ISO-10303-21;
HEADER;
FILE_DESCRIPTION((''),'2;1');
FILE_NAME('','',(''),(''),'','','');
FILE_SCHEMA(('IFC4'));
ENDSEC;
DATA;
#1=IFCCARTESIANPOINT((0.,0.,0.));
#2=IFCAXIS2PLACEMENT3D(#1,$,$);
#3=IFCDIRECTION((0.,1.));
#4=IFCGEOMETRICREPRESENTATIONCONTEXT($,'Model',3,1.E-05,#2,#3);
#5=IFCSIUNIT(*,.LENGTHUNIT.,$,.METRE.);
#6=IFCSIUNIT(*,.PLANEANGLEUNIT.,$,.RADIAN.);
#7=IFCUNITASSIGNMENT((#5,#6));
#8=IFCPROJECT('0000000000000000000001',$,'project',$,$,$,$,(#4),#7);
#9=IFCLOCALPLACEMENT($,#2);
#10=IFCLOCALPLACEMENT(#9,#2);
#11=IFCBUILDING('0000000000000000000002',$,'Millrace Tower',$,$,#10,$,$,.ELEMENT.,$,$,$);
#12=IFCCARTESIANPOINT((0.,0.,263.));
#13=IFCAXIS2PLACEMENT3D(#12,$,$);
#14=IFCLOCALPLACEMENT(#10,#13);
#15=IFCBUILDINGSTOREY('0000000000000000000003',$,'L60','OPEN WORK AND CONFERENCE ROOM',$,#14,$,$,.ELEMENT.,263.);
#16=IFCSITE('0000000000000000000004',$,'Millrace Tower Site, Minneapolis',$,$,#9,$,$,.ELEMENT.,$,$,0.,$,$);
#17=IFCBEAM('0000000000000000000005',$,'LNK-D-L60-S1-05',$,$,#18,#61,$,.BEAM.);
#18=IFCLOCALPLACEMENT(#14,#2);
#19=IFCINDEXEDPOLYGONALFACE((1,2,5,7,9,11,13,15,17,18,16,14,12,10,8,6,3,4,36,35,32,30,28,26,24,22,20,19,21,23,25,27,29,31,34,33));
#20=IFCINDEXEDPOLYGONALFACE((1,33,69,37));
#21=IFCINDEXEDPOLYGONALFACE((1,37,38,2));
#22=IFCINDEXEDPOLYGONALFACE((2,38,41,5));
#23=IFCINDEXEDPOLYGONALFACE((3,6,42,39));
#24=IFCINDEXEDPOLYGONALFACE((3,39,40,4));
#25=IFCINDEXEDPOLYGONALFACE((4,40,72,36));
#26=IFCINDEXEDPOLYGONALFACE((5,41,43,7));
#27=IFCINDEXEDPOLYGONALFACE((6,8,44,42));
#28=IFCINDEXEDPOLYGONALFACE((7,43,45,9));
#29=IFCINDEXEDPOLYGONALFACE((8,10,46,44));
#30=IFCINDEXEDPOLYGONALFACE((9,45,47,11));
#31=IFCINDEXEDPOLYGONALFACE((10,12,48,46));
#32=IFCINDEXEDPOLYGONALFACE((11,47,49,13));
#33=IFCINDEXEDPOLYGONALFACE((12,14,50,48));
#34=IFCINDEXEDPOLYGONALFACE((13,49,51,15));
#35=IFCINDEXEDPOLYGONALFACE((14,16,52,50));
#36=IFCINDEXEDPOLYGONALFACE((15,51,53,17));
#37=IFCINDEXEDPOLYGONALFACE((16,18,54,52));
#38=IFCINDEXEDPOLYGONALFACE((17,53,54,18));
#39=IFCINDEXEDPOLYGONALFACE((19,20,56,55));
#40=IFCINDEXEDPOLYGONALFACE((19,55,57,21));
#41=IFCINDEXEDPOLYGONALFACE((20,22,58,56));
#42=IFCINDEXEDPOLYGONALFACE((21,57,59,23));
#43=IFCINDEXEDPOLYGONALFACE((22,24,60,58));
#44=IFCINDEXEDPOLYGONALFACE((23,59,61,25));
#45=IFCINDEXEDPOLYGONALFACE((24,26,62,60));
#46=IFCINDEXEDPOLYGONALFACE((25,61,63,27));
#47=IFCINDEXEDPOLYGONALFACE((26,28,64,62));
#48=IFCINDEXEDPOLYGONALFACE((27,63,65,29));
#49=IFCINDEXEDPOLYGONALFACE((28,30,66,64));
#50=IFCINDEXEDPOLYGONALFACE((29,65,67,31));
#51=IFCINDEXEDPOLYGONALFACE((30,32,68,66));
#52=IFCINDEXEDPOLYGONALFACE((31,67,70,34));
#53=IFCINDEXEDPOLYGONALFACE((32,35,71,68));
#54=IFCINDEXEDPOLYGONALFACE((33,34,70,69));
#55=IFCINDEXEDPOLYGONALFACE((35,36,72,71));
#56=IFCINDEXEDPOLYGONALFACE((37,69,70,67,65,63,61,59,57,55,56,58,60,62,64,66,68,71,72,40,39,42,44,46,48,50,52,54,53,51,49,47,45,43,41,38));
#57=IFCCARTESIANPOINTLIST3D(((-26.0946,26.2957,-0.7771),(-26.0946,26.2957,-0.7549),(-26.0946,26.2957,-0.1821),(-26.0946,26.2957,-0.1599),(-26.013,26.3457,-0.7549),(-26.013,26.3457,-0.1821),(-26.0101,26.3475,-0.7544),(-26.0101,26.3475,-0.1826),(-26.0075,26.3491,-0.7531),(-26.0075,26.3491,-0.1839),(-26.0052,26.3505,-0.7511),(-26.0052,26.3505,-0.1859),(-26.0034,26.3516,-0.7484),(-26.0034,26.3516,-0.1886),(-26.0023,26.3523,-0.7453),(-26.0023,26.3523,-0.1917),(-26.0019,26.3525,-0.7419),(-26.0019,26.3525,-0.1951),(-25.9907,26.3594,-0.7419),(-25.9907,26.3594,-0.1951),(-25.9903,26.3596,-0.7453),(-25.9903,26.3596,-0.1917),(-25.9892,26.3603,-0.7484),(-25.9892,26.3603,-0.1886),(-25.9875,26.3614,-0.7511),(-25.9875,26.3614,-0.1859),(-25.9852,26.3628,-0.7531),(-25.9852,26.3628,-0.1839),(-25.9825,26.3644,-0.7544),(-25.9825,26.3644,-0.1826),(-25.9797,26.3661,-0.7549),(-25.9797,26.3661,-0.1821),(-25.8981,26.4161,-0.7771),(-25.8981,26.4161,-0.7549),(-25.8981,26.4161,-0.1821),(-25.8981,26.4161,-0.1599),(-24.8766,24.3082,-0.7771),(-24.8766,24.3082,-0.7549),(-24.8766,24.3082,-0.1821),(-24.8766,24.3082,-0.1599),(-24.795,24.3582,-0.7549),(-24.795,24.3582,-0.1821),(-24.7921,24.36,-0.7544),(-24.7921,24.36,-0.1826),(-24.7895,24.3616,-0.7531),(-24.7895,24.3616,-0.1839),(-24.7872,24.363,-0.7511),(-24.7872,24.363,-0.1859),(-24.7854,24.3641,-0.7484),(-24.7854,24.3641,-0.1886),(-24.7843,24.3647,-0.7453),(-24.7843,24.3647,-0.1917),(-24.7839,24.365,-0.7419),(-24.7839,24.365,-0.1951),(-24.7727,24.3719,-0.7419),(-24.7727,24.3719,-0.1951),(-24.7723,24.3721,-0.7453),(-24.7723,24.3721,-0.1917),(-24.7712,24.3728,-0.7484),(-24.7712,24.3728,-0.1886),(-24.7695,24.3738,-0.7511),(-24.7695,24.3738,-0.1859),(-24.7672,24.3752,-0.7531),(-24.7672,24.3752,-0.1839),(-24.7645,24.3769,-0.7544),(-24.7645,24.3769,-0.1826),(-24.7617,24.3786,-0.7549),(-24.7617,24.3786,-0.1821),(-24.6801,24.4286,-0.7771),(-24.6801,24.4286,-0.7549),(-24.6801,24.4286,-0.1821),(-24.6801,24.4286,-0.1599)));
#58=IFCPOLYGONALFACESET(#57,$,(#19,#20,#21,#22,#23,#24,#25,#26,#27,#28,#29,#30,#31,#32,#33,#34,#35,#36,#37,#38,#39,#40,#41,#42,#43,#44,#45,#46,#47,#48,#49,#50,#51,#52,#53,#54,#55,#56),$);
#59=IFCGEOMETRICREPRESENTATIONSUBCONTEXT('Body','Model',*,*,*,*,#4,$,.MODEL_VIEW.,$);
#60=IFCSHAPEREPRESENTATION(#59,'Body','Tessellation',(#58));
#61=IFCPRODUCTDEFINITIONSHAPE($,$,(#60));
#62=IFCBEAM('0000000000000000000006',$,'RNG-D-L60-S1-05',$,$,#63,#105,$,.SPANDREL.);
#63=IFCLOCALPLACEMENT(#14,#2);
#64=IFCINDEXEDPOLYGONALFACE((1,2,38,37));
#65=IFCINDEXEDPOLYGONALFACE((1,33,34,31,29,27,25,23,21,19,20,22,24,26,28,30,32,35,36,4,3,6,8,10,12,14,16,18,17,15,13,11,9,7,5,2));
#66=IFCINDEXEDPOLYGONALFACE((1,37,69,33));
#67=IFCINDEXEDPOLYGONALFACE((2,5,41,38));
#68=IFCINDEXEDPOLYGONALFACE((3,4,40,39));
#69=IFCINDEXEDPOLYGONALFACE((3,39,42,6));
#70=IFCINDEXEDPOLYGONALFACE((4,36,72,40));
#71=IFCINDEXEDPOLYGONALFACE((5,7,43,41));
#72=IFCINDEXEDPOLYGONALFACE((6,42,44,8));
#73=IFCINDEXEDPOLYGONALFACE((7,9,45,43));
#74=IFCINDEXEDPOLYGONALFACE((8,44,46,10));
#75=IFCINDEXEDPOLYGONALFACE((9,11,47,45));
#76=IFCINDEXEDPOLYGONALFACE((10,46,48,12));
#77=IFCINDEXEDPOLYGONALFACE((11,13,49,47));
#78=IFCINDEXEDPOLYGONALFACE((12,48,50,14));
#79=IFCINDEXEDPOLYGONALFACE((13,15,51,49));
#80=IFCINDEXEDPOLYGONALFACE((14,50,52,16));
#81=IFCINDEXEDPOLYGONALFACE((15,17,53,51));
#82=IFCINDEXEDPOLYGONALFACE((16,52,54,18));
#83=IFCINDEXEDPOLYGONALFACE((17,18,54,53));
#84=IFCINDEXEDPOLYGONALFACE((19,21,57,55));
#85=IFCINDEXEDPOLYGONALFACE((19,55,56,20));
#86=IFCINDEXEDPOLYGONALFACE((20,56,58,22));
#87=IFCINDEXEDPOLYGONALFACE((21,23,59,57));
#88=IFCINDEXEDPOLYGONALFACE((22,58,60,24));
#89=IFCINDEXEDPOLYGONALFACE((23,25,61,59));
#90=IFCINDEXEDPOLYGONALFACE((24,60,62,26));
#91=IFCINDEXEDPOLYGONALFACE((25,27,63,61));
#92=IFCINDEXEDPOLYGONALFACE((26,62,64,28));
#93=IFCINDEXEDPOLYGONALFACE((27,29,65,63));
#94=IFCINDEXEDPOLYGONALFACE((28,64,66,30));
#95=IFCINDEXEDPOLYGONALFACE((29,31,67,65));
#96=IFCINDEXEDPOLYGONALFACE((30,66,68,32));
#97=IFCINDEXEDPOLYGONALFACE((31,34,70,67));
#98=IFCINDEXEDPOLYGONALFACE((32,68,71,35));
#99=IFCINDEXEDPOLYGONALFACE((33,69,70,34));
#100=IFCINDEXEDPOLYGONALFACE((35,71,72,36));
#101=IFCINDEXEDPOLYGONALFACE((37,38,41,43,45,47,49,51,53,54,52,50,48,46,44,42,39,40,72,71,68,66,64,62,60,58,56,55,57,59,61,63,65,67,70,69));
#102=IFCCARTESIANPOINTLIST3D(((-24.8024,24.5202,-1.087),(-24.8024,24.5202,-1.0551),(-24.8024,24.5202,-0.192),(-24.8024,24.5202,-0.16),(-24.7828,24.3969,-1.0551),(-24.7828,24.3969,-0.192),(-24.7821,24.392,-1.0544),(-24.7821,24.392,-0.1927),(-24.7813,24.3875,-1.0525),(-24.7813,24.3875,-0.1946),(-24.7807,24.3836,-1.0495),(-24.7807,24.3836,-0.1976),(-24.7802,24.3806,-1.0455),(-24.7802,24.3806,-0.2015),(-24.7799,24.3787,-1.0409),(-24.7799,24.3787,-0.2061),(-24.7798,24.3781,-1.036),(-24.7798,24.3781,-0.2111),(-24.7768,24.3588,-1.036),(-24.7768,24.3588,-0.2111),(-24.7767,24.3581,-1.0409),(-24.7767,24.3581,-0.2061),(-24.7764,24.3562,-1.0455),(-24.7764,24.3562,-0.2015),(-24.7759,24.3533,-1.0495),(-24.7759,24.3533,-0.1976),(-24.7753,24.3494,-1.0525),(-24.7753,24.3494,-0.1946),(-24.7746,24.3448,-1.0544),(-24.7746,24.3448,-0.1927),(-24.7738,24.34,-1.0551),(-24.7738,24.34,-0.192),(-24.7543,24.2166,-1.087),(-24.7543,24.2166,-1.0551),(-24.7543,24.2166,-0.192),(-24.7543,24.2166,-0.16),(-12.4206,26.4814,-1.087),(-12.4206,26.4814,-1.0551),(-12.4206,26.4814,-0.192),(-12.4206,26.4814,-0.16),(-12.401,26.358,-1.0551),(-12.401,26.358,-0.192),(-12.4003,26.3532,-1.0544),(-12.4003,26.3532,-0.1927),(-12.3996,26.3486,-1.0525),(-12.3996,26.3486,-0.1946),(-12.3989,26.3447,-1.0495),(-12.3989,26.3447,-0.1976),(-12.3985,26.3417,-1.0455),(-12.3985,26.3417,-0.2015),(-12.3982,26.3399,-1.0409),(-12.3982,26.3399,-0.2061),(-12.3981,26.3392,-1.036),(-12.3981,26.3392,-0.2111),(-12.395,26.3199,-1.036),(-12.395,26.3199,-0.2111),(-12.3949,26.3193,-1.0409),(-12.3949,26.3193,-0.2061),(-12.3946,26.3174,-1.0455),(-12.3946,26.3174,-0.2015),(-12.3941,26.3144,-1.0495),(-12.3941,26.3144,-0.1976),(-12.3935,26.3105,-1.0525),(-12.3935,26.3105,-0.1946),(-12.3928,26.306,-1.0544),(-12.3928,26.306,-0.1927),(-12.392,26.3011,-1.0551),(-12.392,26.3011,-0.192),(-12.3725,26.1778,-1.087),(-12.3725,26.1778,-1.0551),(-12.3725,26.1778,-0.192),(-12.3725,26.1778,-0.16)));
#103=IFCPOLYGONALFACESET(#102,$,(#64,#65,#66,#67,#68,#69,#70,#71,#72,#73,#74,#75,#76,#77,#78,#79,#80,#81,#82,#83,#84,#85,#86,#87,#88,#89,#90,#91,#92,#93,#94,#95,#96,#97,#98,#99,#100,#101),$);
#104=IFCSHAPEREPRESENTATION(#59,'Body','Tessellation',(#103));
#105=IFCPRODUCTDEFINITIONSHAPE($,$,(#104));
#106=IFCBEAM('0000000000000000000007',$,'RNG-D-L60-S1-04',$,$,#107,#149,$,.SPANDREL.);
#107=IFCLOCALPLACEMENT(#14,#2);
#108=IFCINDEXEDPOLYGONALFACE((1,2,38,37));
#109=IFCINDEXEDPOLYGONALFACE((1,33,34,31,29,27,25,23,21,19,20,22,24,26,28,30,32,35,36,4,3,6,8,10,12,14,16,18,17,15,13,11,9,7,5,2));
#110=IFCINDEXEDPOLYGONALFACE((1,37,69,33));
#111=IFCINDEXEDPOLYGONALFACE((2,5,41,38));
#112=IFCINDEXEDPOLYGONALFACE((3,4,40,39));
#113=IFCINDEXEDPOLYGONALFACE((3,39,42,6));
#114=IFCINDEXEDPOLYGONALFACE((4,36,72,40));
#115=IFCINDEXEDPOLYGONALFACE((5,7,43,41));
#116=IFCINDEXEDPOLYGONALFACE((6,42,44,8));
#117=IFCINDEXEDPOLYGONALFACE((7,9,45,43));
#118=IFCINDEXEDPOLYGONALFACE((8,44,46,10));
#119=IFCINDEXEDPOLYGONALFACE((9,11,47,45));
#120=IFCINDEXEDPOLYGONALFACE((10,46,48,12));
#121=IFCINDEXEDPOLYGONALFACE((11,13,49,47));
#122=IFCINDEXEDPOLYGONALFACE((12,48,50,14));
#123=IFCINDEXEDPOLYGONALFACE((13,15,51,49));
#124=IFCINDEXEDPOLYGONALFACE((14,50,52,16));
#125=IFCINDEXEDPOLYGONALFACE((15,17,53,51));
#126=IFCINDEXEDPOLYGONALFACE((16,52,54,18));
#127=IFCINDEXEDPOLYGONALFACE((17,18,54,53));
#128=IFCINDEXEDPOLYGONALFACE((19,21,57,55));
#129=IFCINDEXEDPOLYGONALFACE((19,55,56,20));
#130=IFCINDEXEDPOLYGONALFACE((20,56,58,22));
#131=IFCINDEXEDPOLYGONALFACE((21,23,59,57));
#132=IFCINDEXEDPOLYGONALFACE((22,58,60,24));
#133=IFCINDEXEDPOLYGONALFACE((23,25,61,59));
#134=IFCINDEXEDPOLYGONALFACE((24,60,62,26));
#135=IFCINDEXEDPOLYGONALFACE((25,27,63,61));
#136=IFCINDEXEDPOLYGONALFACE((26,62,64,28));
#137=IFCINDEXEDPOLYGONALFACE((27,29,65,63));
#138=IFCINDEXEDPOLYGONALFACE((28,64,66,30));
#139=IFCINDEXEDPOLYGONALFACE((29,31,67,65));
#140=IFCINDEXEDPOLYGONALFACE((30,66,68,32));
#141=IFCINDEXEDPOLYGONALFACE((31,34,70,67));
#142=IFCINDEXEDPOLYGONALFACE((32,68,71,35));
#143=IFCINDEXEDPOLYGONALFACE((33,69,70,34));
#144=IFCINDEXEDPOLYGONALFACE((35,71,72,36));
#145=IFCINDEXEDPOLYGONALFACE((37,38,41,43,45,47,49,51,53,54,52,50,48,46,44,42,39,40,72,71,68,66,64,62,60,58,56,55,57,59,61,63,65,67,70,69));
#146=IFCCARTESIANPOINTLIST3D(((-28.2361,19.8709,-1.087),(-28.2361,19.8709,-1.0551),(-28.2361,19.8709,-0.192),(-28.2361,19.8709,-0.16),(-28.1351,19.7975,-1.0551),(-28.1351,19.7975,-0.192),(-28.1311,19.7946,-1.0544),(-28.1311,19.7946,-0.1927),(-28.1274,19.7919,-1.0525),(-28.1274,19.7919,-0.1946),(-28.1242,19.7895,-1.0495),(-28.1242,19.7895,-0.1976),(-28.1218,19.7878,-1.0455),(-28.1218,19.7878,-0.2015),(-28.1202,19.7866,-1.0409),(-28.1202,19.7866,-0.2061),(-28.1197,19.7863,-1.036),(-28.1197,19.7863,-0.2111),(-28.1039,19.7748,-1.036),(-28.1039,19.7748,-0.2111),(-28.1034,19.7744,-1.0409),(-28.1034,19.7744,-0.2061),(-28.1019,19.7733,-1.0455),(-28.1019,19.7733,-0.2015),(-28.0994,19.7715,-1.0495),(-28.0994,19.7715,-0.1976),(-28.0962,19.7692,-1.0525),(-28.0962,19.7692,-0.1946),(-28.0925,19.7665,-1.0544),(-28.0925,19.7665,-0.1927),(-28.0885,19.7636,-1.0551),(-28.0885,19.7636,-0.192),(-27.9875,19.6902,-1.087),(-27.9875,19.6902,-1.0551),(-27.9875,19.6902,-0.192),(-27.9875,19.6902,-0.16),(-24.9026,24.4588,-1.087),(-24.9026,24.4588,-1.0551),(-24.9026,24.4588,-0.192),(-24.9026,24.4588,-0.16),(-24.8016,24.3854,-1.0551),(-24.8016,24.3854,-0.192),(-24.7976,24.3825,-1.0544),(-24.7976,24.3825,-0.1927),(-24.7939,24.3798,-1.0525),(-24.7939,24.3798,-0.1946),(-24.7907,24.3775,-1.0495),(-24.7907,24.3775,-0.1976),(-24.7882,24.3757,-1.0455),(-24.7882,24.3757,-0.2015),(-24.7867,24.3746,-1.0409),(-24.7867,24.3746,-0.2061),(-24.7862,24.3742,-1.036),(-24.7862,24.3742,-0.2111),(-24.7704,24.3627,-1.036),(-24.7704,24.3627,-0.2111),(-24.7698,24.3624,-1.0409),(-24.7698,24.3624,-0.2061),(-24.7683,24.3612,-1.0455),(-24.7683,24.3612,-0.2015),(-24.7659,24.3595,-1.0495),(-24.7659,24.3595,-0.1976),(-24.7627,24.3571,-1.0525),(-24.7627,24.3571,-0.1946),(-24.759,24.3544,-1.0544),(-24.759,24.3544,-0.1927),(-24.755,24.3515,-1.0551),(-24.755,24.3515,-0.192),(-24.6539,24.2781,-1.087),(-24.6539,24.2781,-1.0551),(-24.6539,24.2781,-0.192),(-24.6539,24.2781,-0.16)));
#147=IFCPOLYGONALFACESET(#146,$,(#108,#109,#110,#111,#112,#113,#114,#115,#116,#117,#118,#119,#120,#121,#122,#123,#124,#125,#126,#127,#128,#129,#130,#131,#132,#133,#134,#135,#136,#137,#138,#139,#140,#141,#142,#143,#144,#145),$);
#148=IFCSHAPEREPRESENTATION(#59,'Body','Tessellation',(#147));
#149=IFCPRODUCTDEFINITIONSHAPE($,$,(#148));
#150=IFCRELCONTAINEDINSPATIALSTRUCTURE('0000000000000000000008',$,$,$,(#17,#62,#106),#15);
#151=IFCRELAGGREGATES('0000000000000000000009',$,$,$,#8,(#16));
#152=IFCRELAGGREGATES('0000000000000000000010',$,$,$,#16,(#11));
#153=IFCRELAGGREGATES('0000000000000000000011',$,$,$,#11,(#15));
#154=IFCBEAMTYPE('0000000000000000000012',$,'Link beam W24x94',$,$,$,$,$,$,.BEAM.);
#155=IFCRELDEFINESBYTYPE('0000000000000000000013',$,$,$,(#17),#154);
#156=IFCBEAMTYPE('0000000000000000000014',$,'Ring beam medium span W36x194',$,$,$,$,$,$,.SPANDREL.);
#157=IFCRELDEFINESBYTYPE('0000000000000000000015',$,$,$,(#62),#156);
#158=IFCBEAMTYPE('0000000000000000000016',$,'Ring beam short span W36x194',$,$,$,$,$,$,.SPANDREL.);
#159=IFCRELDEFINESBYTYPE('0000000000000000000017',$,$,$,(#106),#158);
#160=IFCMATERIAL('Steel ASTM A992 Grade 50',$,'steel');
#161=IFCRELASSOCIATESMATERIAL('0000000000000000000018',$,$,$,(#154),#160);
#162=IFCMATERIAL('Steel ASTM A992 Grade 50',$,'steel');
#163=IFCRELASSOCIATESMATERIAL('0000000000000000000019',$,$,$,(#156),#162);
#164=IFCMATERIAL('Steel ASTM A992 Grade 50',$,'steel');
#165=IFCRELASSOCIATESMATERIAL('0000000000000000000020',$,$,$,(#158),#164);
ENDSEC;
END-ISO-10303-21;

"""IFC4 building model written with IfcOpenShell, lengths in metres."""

from ifc_helpers import new_model, si_unit, direction, frame, origin, origin_2d, place, context, subcontext, project, spatial, i_section, extrude, material, material_profile, profile_set, type_object, element, save


model = new_model("IFC4")

# Units and contexts
model_context = context("Model", 3, precision=1e-05, world=origin(), true_north=direction((0.0, 1.0)))
body_context = subcontext(model_context, "Body", "Model", "MODEL_VIEW")
ifc_project = project(units=[si_unit("LENGTHUNIT", "METRE"), si_unit("PLANEANGLEUNIT", "RADIAN")], contexts=[model_context])

# Site, building, storey
site_placement = place(None, origin())
site = spatial("IfcSite", under=ifc_project, at=site_placement, Name="Millrace Tower Site, Minneapolis", CompositionType="ELEMENT", RefElevation=0.0)
building_placement = place(site_placement, origin())
building = spatial("IfcBuilding", under=site, at=building_placement, Name="Millrace Tower", CompositionType="ELEMENT")
storey_placement = place(building_placement, frame((0.0, 0.0, 263.0)))
storey = spatial("IfcBuildingStorey", under=building, at=storey_placement, Name="L60", Description="OPEN WORK AND CONFERENCE ROOM", CompositionType="ELEMENT", Elevation=263.0)

# Beams
ifc_material_1 = material(Name="Steel ASTM A992 Grade 50", Category="steel")
ifc_material_profile_1 = material_profile(ifc_material_1, i_section(OverallWidth=0.2305, OverallDepth=0.6172, WebThickness=0.0132, FlangeThickness=0.0222, FilletRadius=0.0129, at=origin_2d()))
ifc_profile_set_1 = profile_set([ifc_material_profile_1], Name="Steel ASTM A992 Grade 50")
beam_type_1 = type_object("IfcBeamType", Name="Link beam W24x94", PredefinedType="BEAM", material=ifc_profile_set_1)
for number, where, z_axis, x_axis, name in (
    (1, (-24.7783, 24.3684, -0.4685), (-0.522513, 0.852631, 0.0), (-0.852631, -0.522513, 0.0), "LNK-D-L60-S1-05"),
):
    element("IfcBeam", number, at=place(storey_placement, frame(where, z_axis=z_axis, x_axis=x_axis)), inside=storey, type_object=beam_type_1, Name=name, PredefinedType="BEAM", context=body_context, shape_type="SweptSolid", body=[
        extrude(i_section(OverallWidth=0.2305, OverallDepth=0.6172, WebThickness=0.0132, FlangeThickness=0.0222, FilletRadius=0.0129, at=origin_2d()), origin(), (0.0, 0.0, 1.0), 2.3311),
    ])
ifc_material_2 = material(Name="Steel ASTM A992 Grade 50", Category="steel")
ifc_material_profile_2 = material_profile(ifc_material_2, i_section(OverallWidth=0.3074, OverallDepth=0.927, WebThickness=0.0195, FlangeThickness=0.032, FilletRadius=0.019, at=origin_2d()))
ifc_profile_set_2 = profile_set([ifc_material_profile_2], Name="Steel ASTM A992 Grade 50")
beam_type_2 = type_object("IfcBeamType", Name="Ring beam medium span W36x194", PredefinedType="SPANDREL", material=ifc_profile_set_2)
beam_1_placement = place(storey_placement, frame((-24.7783, 24.3684, -0.6235), z_axis=(0.987687, 0.156442, 0.0), x_axis=(-0.156442, 0.987687, 0.0)))
element("IfcBeam", 2, at=beam_1_placement, inside=storey, type_object=beam_type_2, Name="RNG-D-L60-S1-05", PredefinedType="SPANDREL", context=body_context, shape_type="SweptSolid", body=[
    extrude(i_section(OverallWidth=0.3074, OverallDepth=0.927, WebThickness=0.0195, FlangeThickness=0.032, FilletRadius=0.019, at=origin_2d()), origin(), (0.0, 0.0, 1.0), 12.5361),
])
ifc_material_3 = material(Name="Steel ASTM A992 Grade 50", Category="steel")
ifc_material_profile_3 = material_profile(ifc_material_3, i_section(OverallWidth=0.3074, OverallDepth=0.927, WebThickness=0.0195, FlangeThickness=0.032, FilletRadius=0.019, at=origin_2d()))
ifc_profile_set_3 = profile_set([ifc_material_profile_3], Name="Steel ASTM A992 Grade 50")
beam_type_3 = type_object("IfcBeamType", Name="Ring beam short span W36x194", PredefinedType="SPANDREL", material=ifc_profile_set_3)
beam_2_placement = place(storey_placement, frame((-28.1118, 19.7805, -0.6235), z_axis=(0.587808, 0.809, 0.0), x_axis=(-0.809, 0.587808, 0.0)))
element("IfcBeam", 3, at=beam_2_placement, inside=storey, type_object=beam_type_3, Name="RNG-D-L60-S1-04", PredefinedType="SPANDREL", context=body_context, shape_type="SweptSolid", body=[
    extrude(i_section(OverallWidth=0.3074, OverallDepth=0.927, WebThickness=0.0195, FlangeThickness=0.032, FilletRadius=0.019, at=origin_2d()), origin(), (0.0, 0.0, 1.0), 5.6711),
])

save(model, "model.ifc")
